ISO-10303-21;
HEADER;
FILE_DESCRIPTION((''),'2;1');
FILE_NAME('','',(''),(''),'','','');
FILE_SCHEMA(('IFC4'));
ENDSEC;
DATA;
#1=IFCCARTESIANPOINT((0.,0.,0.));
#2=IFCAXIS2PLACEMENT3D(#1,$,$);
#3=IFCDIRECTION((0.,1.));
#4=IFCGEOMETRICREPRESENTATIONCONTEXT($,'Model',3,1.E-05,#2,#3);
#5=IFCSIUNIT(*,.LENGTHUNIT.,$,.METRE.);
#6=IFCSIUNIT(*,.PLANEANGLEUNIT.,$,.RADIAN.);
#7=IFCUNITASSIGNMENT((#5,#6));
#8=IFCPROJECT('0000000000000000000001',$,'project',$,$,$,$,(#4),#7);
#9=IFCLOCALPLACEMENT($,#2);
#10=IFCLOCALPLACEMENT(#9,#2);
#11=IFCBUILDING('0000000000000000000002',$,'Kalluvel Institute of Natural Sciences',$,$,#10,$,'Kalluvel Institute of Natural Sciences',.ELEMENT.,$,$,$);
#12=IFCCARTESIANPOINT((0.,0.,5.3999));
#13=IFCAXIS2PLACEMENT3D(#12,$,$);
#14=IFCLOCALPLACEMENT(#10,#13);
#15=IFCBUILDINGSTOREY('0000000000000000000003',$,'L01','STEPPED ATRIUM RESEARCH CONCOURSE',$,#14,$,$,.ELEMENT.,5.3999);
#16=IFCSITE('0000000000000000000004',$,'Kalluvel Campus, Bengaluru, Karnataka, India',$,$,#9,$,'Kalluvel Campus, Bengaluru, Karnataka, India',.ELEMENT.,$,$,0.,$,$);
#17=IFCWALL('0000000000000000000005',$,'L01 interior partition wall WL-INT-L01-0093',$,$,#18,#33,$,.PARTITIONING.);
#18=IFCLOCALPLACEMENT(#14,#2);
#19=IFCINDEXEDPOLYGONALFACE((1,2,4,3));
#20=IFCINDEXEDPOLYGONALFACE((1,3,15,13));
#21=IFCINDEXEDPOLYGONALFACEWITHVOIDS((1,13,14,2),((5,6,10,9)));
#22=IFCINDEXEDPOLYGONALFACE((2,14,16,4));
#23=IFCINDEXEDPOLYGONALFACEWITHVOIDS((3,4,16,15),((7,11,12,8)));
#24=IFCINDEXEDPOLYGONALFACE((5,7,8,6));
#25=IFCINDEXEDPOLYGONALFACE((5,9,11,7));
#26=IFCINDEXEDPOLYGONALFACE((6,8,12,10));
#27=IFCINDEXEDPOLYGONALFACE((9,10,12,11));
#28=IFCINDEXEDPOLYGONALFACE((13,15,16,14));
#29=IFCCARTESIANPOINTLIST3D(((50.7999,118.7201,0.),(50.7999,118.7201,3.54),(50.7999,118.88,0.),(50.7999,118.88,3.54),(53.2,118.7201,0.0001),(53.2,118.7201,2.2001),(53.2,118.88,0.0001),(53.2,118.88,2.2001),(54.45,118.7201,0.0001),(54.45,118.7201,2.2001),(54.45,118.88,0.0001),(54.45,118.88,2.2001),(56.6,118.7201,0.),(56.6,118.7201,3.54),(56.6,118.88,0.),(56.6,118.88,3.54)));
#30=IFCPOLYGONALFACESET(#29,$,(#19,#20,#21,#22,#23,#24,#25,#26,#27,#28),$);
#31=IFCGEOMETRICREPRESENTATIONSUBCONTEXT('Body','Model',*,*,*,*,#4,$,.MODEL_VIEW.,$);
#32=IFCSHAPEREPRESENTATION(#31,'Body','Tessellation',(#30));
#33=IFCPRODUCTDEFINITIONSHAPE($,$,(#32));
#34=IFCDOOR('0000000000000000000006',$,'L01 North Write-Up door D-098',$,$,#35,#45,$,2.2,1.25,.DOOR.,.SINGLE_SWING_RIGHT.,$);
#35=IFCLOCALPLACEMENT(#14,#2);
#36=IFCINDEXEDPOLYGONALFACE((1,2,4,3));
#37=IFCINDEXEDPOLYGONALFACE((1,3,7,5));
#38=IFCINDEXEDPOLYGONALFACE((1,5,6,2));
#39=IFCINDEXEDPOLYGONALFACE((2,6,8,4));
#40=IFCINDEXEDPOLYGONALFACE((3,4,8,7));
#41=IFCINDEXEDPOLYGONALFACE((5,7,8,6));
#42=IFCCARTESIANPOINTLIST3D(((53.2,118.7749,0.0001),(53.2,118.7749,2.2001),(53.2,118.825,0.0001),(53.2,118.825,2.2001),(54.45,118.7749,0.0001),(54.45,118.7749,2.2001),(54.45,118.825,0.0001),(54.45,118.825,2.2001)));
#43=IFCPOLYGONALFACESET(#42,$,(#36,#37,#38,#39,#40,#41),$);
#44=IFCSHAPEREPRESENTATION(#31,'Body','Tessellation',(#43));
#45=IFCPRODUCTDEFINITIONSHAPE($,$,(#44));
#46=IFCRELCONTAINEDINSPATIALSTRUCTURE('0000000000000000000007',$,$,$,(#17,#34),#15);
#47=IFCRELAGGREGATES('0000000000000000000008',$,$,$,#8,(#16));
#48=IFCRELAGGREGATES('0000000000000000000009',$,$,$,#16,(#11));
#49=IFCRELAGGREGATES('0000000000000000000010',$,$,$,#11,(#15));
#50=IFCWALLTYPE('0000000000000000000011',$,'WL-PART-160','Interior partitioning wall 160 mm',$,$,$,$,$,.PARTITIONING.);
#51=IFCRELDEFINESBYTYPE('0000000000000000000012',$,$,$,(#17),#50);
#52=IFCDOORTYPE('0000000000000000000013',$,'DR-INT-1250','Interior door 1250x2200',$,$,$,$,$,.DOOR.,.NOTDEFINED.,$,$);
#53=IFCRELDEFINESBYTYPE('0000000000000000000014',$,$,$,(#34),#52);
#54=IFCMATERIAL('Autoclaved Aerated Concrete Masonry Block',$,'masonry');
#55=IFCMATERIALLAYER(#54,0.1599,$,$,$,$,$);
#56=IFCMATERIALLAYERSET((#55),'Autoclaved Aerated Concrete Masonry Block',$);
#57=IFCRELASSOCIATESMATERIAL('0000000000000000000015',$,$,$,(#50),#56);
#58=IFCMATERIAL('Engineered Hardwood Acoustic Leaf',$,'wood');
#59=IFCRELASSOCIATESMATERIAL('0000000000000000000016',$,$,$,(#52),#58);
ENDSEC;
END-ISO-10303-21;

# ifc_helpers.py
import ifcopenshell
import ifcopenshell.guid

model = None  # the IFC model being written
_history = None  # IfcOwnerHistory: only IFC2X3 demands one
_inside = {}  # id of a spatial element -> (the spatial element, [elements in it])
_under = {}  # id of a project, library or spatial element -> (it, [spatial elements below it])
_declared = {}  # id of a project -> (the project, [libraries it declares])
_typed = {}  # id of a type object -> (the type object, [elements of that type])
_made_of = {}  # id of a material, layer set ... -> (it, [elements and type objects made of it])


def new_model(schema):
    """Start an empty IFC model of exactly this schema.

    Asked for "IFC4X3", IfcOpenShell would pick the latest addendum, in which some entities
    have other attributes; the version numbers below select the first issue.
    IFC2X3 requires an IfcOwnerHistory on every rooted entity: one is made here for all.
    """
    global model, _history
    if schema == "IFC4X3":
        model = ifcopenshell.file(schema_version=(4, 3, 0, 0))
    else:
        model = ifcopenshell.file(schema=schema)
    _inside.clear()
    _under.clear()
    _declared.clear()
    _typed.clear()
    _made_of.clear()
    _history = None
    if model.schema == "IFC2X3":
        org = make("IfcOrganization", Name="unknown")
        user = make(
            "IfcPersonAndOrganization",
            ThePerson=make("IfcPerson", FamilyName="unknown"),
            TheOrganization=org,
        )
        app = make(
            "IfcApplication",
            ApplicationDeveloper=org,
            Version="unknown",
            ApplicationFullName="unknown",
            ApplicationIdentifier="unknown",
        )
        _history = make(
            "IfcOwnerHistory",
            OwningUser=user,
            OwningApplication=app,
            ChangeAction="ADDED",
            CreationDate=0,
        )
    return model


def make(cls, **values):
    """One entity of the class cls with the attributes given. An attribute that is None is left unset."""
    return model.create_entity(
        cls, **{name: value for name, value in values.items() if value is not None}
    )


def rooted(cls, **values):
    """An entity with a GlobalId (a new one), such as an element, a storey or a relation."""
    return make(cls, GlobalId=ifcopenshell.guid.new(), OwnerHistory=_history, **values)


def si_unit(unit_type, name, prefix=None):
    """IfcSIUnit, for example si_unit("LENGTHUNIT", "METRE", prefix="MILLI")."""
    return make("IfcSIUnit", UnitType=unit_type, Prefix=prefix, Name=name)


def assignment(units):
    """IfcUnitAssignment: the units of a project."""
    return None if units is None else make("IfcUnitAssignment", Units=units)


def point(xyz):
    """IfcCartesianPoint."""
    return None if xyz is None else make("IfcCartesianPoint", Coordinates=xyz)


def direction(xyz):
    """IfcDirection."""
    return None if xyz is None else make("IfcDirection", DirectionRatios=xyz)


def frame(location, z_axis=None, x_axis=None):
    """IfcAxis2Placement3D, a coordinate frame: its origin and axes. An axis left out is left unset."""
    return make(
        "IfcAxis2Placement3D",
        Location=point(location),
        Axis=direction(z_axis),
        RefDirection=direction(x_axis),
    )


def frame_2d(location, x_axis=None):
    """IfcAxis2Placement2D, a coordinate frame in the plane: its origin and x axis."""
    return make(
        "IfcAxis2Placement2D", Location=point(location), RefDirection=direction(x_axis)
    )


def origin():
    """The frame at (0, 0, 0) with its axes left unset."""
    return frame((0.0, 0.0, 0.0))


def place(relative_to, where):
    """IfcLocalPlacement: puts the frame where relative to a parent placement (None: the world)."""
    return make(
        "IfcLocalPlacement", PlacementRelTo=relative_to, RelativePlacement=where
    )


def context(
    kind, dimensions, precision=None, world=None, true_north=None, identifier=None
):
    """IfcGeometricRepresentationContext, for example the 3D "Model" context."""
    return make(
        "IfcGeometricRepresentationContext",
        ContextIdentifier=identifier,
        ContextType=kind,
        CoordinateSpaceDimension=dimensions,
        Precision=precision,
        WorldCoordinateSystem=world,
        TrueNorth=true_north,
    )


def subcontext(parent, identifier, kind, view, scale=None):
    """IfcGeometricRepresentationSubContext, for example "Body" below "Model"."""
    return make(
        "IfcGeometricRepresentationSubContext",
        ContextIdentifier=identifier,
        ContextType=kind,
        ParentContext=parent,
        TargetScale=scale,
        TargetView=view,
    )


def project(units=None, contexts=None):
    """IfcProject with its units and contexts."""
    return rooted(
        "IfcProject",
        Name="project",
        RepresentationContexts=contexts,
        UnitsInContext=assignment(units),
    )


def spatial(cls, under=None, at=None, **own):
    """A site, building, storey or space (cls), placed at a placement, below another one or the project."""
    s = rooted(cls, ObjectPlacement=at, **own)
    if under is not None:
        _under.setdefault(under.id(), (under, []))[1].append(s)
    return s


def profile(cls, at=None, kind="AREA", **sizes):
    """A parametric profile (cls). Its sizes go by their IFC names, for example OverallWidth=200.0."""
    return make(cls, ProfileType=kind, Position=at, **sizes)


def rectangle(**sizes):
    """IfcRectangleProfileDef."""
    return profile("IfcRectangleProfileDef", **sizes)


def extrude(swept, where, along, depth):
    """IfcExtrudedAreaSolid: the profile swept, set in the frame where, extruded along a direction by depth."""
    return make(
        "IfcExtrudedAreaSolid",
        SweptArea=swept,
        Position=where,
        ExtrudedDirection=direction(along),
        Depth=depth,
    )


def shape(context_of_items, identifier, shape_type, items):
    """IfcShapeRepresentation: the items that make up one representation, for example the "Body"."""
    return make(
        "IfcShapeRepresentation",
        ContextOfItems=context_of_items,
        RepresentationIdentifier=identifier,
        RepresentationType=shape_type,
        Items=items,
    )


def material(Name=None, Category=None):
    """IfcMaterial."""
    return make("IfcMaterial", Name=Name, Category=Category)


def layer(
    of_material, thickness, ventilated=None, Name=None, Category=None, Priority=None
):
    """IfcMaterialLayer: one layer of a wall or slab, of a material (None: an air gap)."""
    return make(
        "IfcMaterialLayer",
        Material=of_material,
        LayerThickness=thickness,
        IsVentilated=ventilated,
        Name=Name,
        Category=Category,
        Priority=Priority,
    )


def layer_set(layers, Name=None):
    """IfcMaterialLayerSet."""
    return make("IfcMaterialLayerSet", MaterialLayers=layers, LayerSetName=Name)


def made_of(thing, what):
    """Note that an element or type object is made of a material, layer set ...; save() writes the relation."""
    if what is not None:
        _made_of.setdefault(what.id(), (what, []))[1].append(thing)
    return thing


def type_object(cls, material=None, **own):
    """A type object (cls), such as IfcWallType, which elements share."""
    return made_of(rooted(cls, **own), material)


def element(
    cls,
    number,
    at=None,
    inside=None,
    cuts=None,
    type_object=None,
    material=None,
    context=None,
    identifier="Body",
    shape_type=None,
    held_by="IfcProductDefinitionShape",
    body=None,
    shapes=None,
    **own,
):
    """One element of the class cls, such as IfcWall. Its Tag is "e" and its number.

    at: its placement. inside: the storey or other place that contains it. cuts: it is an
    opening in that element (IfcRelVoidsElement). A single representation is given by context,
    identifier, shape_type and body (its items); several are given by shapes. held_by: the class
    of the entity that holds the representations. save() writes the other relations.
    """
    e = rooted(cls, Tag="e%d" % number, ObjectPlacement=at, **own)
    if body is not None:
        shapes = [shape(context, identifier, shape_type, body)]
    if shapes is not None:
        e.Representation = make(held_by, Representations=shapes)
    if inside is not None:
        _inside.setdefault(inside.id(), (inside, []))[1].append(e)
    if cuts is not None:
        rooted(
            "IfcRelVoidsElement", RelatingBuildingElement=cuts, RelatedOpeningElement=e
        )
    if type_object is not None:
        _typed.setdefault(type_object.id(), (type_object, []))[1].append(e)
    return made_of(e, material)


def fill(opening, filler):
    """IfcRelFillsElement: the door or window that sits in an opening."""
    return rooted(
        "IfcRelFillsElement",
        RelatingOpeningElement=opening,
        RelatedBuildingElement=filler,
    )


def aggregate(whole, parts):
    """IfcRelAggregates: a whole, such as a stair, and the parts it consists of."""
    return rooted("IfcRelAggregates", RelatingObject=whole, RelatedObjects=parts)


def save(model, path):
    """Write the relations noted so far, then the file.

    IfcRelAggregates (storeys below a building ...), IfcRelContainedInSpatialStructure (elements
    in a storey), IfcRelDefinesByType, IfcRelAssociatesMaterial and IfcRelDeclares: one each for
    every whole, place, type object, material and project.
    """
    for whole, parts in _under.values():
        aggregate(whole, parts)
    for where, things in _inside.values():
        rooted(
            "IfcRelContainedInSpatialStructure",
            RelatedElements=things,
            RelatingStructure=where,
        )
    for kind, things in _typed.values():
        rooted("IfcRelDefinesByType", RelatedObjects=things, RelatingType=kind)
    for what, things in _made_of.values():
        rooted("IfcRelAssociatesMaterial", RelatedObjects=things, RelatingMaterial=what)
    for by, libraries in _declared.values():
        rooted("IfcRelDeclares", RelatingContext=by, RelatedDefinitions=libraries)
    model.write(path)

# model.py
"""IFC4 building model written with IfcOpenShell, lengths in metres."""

from ifc_helpers import new_model, si_unit, direction, frame, frame_2d, origin, place, context, subcontext, project, spatial, rectangle, extrude, material, layer, layer_set, type_object, element, fill, save


model = new_model("IFC4")

# Units and contexts
model_context = context("Model", 3, precision=1e-05, world=origin(), true_north=direction((0.0, 1.0)))
body_context = subcontext(model_context, "Body", "Model", "MODEL_VIEW")
ifc_project = project(units=[si_unit("LENGTHUNIT", "METRE"), si_unit("PLANEANGLEUNIT", "RADIAN")], contexts=[model_context])

# Site, building, storey
site_placement = place(None, origin())
site = spatial("IfcSite", under=ifc_project, at=site_placement, Name="Kalluvel Campus, Bengaluru, Karnataka, India", LongName="Kalluvel Campus, Bengaluru, Karnataka, India", CompositionType="ELEMENT", RefElevation=0.0)
building_placement = place(site_placement, origin())
building = spatial("IfcBuilding", under=site, at=building_placement, Name="Kalluvel Institute of Natural Sciences", LongName="Kalluvel Institute of Natural Sciences", CompositionType="ELEMENT")
storey_placement = place(building_placement, frame((0.0, 0.0, 5.3999)))
storey = spatial("IfcBuildingStorey", under=building, at=storey_placement, Name="L01", Description="STEPPED ATRIUM RESEARCH CONCOURSE", CompositionType="ELEMENT", Elevation=5.3999)

# Shared definitions
ifc_material_1 = material(Name="Autoclaved Aerated Concrete Masonry Block", Category="masonry")

# Wall, opening, door
ifc_layer_1 = layer(ifc_material_1, 0.1599)
ifc_layer_set_1 = layer_set([ifc_layer_1], Name="Autoclaved Aerated Concrete Masonry Block")
wall_type_1 = type_object("IfcWallType", Name="WL-PART-160", Description="Interior partitioning wall 160 mm", PredefinedType="PARTITIONING", material=ifc_layer_set_1)
wall_1_placement = place(storey_placement, frame((50.8, 118.8, 0.0), z_axis=(0.0, 0.0, 1.0), x_axis=(1.0, 0.0, 0.0)))
wall_1 = element("IfcWall", 1, at=wall_1_placement, inside=storey, type_object=wall_type_1, Name="L01 interior partition wall WL-INT-L01-0093", PredefinedType="PARTITIONING", context=body_context, shape_type="SweptSolid", body=[
    extrude(rectangle(XDim=5.8, YDim=0.1599, at=frame_2d((2.8999, 0.0))), origin(), (0.0, 0.0, 1.0), 3.54),
])
opening_placement = place(wall_1_placement, frame((2.3999, 0.0, 0.0)))
opening = element("IfcOpeningElement", 2, at=opening_placement, cuts=wall_1, PredefinedType="OPENING", context=body_context, shape_type="SweptSolid", body=[
    extrude(rectangle(XDim=1.25, YDim=2.2, at=frame_2d((0.625, 1.1001))), frame((0.0, 0.0898, 0.0), z_axis=(0.0, -1.0, 0.0), x_axis=(1.0, 0.0, 0.0)), (0.0, 0.0, 1.0), 0.1799),
])
ifc_material_2 = material(Name="Engineered Hardwood Acoustic Leaf", Category="wood")
door_type = type_object("IfcDoorType", Name="DR-INT-1250", Description="Interior door 1250x2200", OperationType="NOTDEFINED", PredefinedType="DOOR", material=ifc_material_2)
door_placement = place(opening_placement, origin())
door = element("IfcDoor", 3, at=door_placement, inside=storey, type_object=door_type, Name="L01 North Write-Up door D-098", OperationType="SINGLE_SWING_RIGHT", OverallHeight=2.2, OverallWidth=1.25, PredefinedType="DOOR", context=body_context, shape_type="SweptSolid", body=[
    extrude(rectangle(XDim=1.25, YDim=2.2, at=frame_2d((0.625, 1.1001))), frame((0.0, 0.0249, 0.0), z_axis=(0.0, -1.0, 0.0), x_axis=(1.0, 0.0, 0.0)), (0.0, 0.0, 1.0), 0.05),
])
fill(opening, door)

save(model, "model.ifc")
